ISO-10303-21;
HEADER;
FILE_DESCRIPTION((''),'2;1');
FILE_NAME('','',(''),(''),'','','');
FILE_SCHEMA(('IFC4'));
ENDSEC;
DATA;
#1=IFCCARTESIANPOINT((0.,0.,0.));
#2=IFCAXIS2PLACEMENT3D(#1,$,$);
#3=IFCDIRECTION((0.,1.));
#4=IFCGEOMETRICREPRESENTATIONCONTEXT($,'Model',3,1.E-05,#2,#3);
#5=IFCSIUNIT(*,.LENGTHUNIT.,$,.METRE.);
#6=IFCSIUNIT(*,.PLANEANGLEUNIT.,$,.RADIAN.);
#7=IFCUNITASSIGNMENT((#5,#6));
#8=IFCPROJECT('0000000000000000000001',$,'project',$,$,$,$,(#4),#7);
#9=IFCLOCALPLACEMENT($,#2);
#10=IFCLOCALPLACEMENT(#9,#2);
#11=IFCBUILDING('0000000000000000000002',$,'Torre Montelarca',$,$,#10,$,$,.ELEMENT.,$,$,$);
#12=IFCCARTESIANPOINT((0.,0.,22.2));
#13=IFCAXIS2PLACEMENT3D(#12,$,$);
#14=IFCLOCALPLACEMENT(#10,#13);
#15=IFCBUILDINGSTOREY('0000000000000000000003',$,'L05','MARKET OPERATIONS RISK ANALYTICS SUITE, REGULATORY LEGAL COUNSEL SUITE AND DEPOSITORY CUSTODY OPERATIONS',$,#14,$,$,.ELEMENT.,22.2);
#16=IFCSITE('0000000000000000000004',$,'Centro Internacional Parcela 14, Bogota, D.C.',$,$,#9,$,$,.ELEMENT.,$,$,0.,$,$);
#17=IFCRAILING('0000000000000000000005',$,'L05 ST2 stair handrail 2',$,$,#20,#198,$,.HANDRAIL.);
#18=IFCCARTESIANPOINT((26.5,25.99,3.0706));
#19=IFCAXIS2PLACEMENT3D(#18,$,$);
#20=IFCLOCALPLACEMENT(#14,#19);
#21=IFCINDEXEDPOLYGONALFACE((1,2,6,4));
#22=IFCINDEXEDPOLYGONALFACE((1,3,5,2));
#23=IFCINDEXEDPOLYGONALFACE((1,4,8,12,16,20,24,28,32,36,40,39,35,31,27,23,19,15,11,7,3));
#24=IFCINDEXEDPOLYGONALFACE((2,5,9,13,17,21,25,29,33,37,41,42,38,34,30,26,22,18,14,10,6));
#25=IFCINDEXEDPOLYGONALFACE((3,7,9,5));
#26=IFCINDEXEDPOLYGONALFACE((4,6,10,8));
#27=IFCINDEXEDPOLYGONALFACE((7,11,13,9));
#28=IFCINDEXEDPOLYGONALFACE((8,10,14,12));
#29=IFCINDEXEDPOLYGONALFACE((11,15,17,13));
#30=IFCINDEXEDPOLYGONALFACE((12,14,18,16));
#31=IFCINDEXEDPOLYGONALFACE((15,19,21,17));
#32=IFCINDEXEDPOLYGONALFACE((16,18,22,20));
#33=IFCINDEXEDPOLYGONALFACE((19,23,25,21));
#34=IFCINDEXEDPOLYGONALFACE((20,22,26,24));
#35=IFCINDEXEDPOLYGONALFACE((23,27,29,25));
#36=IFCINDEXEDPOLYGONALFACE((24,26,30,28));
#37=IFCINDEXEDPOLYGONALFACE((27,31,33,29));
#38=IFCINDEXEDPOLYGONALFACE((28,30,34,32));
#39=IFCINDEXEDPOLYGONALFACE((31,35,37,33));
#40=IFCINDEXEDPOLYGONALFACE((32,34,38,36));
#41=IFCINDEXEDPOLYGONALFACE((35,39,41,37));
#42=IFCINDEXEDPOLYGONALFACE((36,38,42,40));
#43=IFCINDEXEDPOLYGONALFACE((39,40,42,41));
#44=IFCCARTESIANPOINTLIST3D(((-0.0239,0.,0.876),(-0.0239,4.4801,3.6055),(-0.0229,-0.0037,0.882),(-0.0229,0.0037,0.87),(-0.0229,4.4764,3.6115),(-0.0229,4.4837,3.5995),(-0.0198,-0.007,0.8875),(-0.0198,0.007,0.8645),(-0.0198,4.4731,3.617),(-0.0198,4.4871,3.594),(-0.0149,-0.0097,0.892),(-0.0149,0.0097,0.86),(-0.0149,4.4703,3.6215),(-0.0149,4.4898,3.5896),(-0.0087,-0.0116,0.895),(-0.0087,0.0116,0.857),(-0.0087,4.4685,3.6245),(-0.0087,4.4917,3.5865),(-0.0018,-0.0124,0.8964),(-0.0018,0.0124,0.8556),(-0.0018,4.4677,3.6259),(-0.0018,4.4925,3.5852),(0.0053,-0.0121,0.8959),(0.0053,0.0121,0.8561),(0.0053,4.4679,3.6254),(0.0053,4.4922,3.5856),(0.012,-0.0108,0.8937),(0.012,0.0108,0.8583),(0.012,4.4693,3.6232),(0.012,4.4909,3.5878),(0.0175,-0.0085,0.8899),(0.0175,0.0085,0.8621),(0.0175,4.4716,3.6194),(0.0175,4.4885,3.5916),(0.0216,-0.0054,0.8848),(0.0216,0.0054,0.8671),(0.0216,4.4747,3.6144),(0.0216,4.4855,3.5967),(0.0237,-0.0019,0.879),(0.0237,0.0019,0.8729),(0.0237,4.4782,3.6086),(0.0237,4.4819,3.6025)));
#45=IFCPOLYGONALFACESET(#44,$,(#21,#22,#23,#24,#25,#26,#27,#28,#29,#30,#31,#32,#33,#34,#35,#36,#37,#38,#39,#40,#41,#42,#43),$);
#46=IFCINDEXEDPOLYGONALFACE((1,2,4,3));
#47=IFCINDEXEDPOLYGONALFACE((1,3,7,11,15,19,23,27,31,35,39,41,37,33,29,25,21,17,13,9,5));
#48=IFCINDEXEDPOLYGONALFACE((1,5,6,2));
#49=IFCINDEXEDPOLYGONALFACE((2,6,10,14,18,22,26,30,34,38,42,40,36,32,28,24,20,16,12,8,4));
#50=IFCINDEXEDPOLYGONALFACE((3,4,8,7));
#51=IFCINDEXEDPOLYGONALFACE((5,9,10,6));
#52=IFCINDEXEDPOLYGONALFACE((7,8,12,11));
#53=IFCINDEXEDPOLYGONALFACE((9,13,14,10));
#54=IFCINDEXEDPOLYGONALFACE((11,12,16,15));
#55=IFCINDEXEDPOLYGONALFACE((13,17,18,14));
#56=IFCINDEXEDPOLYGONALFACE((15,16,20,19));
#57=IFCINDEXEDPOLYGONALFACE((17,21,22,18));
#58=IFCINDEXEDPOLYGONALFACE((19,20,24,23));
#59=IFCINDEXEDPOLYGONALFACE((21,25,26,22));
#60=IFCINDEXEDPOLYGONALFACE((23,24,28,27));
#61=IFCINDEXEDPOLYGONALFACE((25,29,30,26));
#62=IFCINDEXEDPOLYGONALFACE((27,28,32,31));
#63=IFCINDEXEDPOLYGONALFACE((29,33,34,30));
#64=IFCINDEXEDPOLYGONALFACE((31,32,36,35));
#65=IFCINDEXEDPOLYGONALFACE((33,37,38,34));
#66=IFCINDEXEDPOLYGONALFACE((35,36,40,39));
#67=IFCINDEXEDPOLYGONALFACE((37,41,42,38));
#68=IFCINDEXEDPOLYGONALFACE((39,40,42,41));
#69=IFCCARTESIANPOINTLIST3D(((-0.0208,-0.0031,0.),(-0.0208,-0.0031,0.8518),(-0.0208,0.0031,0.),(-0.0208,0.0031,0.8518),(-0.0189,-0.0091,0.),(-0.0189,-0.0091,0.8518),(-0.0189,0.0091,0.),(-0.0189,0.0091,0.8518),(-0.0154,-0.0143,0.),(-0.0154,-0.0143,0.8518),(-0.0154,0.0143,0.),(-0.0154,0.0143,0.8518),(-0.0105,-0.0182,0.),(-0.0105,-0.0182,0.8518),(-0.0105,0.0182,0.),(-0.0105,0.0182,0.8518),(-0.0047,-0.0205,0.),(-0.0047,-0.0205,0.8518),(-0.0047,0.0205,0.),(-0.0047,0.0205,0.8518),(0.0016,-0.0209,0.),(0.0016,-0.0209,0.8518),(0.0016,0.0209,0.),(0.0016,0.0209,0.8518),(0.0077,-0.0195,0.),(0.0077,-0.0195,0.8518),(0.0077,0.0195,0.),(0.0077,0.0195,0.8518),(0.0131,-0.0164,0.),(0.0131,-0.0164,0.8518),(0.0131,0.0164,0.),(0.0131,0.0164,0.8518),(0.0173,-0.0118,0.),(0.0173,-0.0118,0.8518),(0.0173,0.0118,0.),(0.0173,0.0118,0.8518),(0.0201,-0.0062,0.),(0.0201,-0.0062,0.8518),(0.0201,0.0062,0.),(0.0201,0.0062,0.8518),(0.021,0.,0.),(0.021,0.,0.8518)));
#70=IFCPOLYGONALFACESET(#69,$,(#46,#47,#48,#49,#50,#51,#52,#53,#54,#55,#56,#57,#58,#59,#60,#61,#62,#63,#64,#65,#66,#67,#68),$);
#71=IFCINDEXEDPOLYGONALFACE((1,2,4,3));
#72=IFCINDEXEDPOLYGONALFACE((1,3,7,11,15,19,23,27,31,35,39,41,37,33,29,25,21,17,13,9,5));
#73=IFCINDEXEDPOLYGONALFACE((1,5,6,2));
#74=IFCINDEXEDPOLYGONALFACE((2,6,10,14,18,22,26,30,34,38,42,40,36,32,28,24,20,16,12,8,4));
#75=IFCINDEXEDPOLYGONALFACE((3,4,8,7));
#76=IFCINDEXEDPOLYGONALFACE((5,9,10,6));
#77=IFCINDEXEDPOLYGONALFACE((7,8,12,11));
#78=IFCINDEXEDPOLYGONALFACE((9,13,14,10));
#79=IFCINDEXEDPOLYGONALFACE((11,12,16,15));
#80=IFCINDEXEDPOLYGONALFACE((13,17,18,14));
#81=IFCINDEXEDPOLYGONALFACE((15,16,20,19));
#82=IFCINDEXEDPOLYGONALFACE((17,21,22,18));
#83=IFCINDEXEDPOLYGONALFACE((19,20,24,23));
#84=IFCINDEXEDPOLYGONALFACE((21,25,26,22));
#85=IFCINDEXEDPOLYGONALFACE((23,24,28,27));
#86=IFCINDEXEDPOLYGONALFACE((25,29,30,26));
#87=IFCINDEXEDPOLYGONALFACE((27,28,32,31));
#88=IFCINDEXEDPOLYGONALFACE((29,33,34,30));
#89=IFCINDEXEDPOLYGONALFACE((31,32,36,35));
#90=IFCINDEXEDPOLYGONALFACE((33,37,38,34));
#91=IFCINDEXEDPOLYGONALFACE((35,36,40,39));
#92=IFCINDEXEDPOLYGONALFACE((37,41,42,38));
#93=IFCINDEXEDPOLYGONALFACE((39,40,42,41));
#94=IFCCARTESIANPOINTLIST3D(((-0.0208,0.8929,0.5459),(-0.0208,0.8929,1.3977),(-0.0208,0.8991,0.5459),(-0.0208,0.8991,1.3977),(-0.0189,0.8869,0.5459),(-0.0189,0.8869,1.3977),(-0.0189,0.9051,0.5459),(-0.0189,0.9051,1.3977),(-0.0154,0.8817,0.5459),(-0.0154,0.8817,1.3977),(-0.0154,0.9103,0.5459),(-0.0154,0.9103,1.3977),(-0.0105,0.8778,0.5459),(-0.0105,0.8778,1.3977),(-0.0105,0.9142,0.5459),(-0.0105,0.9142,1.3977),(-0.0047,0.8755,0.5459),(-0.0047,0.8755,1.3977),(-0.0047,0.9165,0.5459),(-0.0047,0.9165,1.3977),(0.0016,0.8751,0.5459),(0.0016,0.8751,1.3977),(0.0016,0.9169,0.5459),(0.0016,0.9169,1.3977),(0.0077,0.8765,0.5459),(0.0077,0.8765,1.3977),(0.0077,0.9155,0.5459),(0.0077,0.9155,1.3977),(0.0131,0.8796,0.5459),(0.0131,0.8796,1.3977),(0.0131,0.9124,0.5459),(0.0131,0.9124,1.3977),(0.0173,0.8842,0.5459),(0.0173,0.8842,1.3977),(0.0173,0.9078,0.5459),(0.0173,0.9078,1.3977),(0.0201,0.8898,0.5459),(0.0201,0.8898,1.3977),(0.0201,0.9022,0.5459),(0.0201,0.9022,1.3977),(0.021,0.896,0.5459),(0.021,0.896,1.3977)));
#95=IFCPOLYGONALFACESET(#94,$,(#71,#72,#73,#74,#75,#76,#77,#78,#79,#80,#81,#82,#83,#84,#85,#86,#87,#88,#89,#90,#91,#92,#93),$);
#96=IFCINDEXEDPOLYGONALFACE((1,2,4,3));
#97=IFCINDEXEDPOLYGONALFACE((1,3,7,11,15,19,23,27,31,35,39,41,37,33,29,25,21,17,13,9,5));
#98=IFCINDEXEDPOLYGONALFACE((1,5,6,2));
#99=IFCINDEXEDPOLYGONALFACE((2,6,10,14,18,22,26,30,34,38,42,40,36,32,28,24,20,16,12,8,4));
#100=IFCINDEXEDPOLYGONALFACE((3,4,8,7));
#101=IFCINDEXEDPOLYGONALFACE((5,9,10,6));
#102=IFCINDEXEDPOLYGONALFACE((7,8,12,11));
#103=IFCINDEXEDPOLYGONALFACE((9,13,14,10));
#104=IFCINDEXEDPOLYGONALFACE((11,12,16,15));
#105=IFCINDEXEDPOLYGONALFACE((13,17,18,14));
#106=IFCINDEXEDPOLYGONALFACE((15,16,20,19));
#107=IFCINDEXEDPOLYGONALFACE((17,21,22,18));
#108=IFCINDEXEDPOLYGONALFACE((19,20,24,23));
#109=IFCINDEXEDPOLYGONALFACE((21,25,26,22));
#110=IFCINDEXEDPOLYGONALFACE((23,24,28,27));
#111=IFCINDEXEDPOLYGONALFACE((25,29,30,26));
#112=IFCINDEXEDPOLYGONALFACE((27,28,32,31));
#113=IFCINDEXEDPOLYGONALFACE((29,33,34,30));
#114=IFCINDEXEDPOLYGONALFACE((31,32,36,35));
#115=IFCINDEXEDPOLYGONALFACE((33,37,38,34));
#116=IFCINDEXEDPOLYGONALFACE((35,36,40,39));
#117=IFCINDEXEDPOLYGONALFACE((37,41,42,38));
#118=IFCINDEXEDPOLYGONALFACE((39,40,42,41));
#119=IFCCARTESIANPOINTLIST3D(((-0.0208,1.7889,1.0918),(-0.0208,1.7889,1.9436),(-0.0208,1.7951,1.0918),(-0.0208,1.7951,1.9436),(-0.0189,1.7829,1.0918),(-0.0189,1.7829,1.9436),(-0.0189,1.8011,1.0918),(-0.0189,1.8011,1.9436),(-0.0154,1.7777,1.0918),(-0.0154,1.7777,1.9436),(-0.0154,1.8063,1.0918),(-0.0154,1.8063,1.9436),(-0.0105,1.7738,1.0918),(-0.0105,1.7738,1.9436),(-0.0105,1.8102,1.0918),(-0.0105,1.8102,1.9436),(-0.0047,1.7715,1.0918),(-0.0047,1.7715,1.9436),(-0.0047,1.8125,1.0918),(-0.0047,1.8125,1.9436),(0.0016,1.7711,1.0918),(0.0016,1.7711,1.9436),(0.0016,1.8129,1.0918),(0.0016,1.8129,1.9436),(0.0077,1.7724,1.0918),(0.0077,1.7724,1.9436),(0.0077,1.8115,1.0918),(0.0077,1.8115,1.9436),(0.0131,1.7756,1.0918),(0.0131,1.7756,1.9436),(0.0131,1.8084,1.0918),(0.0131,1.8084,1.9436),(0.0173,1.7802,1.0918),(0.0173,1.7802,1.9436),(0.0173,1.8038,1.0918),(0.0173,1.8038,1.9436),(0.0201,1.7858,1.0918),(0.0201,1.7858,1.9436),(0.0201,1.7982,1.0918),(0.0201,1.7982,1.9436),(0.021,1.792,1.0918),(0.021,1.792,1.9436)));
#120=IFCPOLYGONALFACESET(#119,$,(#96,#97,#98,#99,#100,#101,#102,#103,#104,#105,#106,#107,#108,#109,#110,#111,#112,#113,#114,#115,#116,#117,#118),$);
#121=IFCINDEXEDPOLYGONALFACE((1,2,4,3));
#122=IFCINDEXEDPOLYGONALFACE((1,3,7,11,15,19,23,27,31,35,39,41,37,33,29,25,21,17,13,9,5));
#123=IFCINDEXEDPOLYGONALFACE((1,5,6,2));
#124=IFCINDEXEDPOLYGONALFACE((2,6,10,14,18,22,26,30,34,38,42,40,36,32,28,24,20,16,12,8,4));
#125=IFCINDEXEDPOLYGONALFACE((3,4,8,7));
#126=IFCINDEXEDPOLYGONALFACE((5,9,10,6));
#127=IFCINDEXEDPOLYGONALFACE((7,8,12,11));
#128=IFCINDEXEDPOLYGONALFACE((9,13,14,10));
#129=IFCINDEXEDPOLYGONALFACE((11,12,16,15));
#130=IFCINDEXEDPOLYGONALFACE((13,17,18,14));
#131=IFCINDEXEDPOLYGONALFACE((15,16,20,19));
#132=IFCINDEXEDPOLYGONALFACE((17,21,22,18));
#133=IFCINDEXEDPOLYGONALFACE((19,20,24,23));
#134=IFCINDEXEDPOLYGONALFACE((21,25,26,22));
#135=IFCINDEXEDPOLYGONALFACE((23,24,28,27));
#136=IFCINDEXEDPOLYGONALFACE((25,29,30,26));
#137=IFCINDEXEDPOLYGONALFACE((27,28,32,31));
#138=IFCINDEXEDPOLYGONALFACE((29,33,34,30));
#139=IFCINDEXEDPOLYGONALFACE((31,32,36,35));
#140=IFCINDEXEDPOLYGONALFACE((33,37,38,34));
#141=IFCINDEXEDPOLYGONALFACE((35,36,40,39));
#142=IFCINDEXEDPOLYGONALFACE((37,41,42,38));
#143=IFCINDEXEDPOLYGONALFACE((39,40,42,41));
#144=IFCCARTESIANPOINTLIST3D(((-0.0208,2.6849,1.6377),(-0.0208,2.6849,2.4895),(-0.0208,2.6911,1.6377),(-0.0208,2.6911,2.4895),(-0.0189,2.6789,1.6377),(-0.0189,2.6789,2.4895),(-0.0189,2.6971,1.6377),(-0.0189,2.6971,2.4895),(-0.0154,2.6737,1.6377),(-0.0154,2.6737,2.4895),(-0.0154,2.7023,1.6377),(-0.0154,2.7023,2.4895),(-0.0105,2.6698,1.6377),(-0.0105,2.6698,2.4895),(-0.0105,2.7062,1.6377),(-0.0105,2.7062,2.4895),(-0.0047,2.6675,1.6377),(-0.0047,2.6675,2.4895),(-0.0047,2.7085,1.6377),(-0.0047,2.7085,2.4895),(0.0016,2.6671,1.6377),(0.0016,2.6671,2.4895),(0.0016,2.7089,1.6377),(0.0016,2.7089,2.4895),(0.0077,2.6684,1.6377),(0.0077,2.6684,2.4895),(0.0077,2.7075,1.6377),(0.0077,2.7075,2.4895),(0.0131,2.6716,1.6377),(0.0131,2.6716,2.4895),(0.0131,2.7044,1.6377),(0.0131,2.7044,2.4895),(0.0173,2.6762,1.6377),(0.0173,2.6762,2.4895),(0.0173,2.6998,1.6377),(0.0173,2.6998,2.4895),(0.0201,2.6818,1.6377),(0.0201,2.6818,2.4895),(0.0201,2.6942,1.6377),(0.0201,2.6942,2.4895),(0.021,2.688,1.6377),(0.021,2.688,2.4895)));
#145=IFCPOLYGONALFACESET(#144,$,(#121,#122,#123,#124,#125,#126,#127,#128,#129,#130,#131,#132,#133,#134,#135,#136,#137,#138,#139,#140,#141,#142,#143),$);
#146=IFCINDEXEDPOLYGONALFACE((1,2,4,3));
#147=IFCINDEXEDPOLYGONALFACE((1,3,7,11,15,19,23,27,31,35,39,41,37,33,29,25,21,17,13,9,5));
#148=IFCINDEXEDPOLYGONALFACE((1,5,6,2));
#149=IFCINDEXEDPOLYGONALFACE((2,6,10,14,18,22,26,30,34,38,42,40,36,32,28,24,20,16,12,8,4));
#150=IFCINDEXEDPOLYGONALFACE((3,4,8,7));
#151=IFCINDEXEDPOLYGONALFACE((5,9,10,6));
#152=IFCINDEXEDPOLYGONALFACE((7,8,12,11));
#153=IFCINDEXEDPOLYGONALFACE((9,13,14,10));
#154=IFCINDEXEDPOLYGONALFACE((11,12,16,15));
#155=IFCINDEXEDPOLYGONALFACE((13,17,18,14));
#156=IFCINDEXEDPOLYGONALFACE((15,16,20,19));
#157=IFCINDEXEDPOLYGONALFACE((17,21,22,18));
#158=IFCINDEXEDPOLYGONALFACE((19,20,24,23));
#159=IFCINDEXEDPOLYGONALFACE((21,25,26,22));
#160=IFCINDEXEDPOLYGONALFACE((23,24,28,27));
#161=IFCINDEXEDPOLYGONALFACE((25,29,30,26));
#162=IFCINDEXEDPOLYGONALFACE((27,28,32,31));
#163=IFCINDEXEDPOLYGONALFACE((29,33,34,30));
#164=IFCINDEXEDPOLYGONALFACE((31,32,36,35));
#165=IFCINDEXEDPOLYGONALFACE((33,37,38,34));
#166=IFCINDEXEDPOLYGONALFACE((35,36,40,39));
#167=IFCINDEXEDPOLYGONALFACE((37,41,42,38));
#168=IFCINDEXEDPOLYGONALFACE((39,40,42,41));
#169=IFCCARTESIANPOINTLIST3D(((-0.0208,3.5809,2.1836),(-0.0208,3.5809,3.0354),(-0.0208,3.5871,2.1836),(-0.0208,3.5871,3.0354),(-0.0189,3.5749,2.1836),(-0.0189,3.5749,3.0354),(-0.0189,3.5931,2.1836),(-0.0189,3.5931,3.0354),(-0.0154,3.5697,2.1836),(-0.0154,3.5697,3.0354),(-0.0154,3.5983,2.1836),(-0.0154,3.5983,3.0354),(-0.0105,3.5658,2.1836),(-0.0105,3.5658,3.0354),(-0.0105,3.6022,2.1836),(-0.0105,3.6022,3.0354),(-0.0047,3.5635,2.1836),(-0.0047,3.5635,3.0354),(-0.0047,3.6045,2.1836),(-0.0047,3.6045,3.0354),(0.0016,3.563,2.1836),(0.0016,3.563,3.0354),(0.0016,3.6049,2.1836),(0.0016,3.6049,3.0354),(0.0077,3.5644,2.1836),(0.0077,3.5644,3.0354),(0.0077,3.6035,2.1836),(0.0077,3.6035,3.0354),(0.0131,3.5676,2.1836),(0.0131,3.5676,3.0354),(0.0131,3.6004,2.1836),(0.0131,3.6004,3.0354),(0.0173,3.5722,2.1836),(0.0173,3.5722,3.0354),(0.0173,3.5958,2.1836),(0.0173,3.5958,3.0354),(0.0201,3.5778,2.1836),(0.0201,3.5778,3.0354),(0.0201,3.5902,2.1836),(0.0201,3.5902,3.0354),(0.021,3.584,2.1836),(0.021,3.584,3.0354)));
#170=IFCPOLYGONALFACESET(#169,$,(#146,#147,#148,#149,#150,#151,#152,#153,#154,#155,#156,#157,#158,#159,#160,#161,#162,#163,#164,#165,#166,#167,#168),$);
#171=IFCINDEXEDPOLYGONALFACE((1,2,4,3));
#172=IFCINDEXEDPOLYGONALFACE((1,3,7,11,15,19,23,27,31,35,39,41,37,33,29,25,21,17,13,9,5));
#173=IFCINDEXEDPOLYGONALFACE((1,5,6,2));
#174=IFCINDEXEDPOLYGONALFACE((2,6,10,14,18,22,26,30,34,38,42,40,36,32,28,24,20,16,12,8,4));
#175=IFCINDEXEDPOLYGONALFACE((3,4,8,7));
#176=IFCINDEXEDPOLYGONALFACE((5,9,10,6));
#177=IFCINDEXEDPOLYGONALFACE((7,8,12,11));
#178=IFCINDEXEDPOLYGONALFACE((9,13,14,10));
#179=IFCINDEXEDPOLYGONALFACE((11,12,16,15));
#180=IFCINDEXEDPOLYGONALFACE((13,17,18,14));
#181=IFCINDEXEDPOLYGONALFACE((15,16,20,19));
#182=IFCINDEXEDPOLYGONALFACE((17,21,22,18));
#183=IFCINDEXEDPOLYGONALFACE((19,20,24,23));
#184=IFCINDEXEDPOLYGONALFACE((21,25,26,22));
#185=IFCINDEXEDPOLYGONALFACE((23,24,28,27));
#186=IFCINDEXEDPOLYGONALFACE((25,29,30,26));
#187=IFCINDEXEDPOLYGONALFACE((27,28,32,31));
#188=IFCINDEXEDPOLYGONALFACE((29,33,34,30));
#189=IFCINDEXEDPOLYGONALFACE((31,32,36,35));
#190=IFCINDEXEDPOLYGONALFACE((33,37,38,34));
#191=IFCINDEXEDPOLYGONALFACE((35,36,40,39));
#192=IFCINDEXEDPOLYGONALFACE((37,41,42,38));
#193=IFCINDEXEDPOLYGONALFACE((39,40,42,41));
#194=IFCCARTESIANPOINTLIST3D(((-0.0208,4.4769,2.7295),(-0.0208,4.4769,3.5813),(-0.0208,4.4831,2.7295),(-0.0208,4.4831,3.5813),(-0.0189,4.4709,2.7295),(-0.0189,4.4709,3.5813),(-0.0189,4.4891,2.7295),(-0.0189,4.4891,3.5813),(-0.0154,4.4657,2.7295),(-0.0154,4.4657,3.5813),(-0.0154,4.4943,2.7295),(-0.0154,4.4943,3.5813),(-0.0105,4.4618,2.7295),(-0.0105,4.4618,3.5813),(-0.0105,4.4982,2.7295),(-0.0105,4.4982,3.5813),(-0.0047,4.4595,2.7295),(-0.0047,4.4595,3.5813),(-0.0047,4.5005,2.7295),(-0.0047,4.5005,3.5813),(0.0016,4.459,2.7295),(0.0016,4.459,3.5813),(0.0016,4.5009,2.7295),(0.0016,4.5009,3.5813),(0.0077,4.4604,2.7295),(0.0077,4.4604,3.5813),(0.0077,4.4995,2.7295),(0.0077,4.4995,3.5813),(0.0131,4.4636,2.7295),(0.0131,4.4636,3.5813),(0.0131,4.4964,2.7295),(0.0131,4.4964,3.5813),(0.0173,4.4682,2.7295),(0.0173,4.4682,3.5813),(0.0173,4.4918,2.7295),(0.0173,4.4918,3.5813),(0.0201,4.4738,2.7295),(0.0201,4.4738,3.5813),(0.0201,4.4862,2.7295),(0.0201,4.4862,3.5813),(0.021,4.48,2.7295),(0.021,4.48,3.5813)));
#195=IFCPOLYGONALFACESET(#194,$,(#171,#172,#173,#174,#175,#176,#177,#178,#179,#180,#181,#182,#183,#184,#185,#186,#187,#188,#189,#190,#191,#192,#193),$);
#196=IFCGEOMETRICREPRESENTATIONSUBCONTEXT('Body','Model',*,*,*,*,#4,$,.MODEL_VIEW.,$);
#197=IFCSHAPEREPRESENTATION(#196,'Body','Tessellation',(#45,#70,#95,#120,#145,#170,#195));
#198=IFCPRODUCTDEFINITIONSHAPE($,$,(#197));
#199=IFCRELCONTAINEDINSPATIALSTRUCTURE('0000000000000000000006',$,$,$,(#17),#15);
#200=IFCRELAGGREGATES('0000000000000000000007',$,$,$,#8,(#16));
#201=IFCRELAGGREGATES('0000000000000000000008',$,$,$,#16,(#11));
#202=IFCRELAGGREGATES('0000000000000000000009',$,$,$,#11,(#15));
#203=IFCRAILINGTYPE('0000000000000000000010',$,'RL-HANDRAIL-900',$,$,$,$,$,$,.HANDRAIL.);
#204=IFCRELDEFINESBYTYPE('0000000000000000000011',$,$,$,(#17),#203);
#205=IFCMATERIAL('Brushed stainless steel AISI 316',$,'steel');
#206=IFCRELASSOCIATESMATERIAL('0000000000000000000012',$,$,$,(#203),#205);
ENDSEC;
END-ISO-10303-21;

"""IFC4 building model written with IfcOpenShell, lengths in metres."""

from ifc_helpers import new_model, si_unit, direction, frame, origin, origin_2d, place, context, subcontext, project, spatial, circle, extrude, material, type_object, element, save


model = new_model("IFC4")

# Units and contexts
model_context = context("Model", 3, precision=1e-05, world=origin(), true_north=direction((0.0, 1.0)))
body_context = subcontext(model_context, "Body", "Model", "MODEL_VIEW")
ifc_project = project(units=[si_unit("LENGTHUNIT", "METRE"), si_unit("PLANEANGLEUNIT", "RADIAN")], contexts=[model_context])

# Site, building, storey
site_placement = place(None, origin())
site = spatial("IfcSite", under=ifc_project, at=site_placement, Name="Centro Internacional Parcela 14, Bogota, D.C.", CompositionType="ELEMENT", RefElevation=0.0)
building_placement = place(site_placement, origin())
building = spatial("IfcBuilding", under=site, at=building_placement, Name="Torre Montelarca", CompositionType="ELEMENT")
storey_placement = place(building_placement, frame((0.0, 0.0, 22.2)))
storey = spatial("IfcBuildingStorey", under=building, at=storey_placement, Name="L05", Description="MARKET OPERATIONS RISK ANALYTICS SUITE, REGULATORY LEGAL COUNSEL SUITE AND DEPOSITORY CUSTODY OPERATIONS", CompositionType="ELEMENT", Elevation=22.2)

# Railing
ifc_material_1 = material(Name="Brushed stainless steel AISI 316", Category="steel")
railing_type_1 = type_object("IfcRailingType", Name="RL-HANDRAIL-900", PredefinedType="HANDRAIL", material=ifc_material_1)
for number, where, name in (
    (1, (26.5, 25.99, 3.0706), "L05 ST2 stair handrail 2"),
):
    element("IfcRailing", number, at=place(storey_placement, frame(where)), inside=storey, type_object=railing_type_1, Name=name, PredefinedType="HANDRAIL", context=body_context, shape_type="SweptSolid", body=[
        extrude(circle(Radius=0.0239, at=origin_2d()), frame((0.0, 0.0, 0.876), z_axis=(0.0, 0.853983, 0.520301), x_axis=(-1.0, 0.0, 0.0)), (0.0, 0.0, 1.0), 5.2461),
        extrude(circle(Radius=0.021, at=origin_2d()), origin(), (0.0, 0.0, 1.0), 0.8518),
        extrude(circle(Radius=0.021, at=origin_2d()), frame((0.0, 0.896, 0.5459)), (0.0, 0.0, 1.0), 0.8518),
        extrude(circle(Radius=0.021, at=origin_2d()), frame((0.0, 1.792, 1.0918)), (0.0, 0.0, 1.0), 0.8518),
        extrude(circle(Radius=0.021, at=origin_2d()), frame((0.0, 2.688, 1.6377)), (0.0, 0.0, 1.0), 0.8518),
        extrude(circle(Radius=0.021, at=origin_2d()), frame((0.0, 3.584, 2.1836)), (0.0, 0.0, 1.0), 0.8518),
        extrude(circle(Radius=0.021, at=origin_2d()), frame((0.0, 4.48, 2.7295)), (0.0, 0.0, 1.0), 0.8518),
    ])

save(model, "model.ifc")
